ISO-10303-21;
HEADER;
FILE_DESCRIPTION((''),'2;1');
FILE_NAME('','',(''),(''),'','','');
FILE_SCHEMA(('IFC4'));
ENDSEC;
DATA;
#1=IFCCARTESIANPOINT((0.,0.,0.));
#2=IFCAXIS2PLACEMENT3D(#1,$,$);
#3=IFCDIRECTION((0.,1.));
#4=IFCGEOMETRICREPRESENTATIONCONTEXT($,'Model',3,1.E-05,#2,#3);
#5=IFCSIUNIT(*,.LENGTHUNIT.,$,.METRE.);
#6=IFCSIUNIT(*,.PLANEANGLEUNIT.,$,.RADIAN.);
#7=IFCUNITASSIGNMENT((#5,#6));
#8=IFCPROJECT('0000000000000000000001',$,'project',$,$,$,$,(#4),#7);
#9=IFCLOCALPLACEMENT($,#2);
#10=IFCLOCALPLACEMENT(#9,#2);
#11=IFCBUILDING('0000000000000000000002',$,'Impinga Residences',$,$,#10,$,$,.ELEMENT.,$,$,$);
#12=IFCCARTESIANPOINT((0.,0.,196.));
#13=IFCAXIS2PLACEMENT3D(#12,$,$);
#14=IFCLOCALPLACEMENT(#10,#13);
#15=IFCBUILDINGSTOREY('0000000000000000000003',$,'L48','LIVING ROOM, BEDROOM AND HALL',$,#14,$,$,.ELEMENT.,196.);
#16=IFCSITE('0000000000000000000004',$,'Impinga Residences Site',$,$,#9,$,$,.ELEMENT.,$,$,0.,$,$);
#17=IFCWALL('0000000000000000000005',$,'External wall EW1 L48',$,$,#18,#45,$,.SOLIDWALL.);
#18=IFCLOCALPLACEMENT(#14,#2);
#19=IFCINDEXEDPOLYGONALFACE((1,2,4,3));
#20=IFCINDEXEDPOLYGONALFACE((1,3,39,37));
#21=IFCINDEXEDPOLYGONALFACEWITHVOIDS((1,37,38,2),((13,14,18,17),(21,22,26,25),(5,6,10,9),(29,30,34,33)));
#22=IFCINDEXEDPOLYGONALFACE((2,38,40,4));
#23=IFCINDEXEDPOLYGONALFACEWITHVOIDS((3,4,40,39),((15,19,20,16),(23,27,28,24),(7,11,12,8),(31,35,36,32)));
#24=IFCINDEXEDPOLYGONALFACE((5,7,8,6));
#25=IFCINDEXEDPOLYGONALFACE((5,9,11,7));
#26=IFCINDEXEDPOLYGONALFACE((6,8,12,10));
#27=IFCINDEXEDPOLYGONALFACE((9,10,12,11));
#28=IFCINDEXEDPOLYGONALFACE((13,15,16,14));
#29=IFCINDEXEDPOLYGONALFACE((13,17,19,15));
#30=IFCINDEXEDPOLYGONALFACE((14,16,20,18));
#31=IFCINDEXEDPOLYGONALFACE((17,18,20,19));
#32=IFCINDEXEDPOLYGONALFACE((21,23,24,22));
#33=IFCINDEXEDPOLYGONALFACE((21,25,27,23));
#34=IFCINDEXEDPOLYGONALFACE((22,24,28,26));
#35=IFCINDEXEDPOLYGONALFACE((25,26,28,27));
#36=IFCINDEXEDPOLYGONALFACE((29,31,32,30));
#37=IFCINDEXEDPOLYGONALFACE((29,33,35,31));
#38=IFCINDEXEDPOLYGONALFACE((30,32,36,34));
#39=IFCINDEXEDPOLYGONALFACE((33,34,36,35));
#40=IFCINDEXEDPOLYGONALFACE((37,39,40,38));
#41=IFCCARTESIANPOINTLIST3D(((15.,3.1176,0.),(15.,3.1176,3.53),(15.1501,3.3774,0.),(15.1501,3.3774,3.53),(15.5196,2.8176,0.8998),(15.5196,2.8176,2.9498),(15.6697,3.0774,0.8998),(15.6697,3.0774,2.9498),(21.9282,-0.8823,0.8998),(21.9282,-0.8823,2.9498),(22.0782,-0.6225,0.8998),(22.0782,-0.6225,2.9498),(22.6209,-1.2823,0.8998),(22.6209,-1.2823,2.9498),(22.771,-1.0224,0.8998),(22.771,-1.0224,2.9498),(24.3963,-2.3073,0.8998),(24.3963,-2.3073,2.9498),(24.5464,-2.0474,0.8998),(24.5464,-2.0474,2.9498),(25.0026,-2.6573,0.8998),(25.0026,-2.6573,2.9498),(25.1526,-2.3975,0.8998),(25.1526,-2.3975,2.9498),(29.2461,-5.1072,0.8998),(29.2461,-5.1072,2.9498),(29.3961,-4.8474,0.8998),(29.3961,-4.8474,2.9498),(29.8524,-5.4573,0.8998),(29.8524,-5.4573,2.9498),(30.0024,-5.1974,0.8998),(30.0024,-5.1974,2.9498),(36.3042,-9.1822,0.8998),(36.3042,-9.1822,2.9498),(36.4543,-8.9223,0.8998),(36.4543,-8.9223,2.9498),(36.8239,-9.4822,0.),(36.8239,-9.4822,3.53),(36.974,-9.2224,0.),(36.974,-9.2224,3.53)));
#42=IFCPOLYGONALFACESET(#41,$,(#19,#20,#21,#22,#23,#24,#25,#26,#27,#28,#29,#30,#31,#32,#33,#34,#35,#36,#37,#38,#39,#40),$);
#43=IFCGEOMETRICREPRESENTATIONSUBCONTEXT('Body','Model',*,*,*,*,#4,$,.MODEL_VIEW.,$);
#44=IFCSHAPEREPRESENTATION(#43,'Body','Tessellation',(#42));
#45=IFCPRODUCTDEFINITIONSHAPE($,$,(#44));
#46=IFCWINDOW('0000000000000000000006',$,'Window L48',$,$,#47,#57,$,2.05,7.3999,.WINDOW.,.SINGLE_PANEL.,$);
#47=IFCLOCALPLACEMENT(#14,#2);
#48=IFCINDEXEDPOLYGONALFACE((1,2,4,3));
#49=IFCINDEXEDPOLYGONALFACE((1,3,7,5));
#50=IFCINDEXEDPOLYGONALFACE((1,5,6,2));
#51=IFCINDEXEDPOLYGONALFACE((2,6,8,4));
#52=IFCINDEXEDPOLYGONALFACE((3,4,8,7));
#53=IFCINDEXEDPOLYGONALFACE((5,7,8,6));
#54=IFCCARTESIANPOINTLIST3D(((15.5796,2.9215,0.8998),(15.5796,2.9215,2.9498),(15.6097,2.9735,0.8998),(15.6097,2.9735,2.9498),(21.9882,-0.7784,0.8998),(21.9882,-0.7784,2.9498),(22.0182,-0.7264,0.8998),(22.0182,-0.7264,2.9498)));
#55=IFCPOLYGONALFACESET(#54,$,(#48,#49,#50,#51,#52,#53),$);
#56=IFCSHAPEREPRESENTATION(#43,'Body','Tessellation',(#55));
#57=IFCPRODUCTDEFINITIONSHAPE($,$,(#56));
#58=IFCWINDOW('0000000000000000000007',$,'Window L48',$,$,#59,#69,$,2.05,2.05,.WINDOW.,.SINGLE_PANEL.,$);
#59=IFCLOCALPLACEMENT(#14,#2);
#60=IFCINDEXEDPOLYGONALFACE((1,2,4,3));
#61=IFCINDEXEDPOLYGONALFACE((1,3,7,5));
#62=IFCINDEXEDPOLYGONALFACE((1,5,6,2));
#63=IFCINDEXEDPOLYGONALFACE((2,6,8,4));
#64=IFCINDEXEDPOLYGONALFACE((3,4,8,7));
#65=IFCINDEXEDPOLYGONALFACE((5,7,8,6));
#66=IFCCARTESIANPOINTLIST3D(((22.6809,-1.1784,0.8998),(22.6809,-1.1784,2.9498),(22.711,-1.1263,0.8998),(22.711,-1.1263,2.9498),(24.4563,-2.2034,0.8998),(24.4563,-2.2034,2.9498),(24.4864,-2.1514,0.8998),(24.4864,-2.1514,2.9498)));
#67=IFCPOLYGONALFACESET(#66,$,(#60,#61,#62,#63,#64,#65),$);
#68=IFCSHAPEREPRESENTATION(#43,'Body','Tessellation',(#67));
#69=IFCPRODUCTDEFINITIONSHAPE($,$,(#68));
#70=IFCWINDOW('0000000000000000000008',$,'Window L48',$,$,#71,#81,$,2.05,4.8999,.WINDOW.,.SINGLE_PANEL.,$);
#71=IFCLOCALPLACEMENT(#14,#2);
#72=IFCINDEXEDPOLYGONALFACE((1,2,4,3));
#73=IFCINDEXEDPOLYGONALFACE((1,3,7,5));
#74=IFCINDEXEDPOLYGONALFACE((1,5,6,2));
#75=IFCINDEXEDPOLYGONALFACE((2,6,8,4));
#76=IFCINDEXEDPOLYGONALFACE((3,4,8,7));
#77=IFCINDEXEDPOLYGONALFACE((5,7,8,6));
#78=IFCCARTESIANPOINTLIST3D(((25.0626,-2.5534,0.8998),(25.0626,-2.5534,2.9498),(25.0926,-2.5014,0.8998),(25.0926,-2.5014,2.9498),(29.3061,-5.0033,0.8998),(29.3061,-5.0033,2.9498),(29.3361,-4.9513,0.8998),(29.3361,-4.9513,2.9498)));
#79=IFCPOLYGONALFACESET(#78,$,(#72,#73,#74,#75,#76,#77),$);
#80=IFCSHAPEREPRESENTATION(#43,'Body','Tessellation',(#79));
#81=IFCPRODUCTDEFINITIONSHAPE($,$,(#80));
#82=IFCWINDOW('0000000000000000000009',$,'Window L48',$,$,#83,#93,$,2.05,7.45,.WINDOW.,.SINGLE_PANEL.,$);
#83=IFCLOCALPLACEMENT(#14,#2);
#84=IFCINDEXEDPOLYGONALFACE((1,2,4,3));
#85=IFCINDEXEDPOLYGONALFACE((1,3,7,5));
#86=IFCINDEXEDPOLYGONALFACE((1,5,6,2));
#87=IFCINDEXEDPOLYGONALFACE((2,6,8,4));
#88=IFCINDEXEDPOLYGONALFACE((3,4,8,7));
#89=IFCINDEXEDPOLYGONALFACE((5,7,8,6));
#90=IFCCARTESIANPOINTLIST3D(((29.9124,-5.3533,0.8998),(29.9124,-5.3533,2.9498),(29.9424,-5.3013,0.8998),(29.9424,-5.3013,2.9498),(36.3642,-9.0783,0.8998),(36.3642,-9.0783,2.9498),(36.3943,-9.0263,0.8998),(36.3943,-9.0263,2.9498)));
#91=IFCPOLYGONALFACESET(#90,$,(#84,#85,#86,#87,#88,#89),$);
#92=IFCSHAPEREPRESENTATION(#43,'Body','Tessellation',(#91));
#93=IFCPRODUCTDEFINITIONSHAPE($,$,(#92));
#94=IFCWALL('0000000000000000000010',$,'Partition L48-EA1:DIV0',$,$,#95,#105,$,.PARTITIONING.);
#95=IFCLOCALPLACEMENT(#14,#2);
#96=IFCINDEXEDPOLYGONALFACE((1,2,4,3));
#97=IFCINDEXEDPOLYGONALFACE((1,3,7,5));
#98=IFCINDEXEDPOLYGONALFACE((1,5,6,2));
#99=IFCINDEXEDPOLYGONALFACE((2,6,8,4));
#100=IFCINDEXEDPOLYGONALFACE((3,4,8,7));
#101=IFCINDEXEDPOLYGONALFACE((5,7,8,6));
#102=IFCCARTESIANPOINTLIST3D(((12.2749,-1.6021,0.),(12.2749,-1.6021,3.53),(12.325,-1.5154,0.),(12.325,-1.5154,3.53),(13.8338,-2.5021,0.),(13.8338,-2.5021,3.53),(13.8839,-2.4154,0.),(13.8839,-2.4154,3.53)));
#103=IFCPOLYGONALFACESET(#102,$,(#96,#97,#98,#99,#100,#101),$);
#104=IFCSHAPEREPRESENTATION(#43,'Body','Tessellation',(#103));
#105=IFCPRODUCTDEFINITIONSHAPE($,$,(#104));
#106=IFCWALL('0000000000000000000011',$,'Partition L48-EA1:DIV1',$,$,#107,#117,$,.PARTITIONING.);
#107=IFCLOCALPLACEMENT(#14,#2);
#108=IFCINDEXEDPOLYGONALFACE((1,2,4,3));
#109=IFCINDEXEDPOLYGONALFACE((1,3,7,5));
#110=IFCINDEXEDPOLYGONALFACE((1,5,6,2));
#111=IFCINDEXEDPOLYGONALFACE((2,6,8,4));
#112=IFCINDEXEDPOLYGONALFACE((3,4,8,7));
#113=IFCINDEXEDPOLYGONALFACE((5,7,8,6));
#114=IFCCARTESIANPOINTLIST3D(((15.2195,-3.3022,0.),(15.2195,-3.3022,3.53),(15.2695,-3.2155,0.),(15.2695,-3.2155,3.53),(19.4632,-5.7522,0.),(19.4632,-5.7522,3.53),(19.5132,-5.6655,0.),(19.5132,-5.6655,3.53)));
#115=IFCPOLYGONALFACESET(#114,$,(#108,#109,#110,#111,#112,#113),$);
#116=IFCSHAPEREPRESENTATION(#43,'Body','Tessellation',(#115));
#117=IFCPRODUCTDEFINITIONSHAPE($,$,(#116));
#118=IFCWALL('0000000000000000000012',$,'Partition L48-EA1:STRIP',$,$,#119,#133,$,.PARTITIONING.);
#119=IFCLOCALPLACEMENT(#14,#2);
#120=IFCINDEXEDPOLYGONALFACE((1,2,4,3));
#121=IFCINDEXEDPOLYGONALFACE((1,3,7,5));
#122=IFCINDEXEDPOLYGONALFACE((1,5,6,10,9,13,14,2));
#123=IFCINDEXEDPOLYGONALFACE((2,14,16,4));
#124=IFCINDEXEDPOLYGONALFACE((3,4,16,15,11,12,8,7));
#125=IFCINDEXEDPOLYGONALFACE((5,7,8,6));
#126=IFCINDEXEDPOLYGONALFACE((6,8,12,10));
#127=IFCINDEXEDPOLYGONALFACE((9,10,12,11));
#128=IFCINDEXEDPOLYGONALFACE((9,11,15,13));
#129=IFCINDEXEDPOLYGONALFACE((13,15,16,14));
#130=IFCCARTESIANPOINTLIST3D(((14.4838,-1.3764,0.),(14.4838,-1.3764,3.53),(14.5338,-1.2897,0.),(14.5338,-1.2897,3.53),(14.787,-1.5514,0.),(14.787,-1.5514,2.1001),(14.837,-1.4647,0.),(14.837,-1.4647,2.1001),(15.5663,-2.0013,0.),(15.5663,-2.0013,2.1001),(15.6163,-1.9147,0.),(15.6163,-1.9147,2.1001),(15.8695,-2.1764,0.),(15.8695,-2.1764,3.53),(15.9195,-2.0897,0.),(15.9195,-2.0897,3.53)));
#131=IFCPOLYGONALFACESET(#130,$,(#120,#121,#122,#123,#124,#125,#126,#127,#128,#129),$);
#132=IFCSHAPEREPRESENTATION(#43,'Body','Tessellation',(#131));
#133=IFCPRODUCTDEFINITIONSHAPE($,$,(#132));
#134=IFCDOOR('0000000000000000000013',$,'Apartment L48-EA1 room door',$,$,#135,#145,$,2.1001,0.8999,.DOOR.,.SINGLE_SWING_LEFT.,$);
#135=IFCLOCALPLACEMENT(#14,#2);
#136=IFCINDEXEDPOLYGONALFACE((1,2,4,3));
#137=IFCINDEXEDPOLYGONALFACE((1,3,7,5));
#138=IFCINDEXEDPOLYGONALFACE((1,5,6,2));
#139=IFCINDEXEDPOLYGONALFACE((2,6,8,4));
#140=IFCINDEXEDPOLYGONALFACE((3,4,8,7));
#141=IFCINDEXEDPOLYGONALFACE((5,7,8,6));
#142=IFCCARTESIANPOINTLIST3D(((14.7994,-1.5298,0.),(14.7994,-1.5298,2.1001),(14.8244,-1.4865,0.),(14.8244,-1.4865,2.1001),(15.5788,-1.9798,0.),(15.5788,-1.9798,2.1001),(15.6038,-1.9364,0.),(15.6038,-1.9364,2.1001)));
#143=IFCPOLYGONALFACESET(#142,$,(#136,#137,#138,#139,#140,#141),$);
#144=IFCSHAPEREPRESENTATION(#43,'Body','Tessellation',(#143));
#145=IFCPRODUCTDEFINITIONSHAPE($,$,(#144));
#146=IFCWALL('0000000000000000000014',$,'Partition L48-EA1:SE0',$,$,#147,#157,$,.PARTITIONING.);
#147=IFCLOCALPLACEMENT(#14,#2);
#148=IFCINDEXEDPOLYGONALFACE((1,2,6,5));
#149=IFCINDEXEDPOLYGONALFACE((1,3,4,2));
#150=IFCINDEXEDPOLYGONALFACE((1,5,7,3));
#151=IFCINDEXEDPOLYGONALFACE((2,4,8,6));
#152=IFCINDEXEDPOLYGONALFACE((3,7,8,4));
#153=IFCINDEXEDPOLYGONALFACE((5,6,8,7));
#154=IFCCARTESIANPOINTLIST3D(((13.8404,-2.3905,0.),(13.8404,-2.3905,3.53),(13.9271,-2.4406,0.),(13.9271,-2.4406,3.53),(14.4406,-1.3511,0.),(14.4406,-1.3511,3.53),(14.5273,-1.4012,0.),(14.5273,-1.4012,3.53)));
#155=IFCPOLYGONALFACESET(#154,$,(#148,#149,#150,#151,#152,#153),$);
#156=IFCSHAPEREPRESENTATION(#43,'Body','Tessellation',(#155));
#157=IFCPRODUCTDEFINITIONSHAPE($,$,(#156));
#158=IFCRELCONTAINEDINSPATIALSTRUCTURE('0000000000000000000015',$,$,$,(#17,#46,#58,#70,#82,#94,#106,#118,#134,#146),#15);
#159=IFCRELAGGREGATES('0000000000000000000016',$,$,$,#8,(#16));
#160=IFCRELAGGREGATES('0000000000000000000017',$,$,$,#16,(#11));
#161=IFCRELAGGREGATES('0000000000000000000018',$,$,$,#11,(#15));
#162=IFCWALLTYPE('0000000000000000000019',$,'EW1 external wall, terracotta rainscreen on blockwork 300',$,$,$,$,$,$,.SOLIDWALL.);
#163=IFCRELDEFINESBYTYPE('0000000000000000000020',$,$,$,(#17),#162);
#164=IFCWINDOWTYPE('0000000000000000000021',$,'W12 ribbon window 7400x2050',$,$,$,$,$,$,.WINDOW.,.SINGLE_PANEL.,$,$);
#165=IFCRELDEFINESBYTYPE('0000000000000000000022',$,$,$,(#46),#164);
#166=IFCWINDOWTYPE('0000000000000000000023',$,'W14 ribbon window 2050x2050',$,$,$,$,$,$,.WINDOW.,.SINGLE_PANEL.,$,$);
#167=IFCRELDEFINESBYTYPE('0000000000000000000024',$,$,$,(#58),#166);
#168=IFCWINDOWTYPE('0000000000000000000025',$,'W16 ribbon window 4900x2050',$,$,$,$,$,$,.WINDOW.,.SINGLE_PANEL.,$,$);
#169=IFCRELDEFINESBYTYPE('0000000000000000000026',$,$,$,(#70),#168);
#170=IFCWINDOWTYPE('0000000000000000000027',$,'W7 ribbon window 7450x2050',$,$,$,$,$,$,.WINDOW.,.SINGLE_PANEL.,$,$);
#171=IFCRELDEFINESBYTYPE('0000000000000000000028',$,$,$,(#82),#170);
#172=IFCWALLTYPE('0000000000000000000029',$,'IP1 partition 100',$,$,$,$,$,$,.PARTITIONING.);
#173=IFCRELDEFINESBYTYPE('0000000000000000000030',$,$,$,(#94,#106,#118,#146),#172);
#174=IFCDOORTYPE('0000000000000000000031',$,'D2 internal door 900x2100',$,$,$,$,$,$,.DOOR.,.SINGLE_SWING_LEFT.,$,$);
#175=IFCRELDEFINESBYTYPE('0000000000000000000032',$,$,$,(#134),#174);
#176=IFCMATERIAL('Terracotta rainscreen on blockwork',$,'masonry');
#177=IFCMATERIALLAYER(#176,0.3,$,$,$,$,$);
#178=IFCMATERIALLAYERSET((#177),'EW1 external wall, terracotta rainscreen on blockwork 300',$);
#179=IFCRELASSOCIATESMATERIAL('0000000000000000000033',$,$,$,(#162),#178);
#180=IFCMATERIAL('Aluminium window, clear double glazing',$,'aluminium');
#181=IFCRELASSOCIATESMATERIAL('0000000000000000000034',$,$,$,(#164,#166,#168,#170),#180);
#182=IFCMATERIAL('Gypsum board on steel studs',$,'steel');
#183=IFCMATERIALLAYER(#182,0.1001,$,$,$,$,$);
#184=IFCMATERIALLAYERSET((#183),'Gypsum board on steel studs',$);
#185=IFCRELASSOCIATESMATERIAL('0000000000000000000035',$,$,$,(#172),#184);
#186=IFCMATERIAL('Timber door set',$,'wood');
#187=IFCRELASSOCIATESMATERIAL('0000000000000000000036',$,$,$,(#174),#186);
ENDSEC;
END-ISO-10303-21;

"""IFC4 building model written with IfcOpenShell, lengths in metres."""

from ifc_helpers import new_model, si_unit, direction, frame, frame_2d, origin, place, context, subcontext, project, spatial, rectangle, extrude, material, layer, layer_set, type_object, element, fill, save


model = new_model("IFC4")

# Units and contexts
model_context = context("Model", 3, precision=1e-05, world=origin(), true_north=direction((0.0, 1.0)))
body_context = subcontext(model_context, "Body", "Model", "MODEL_VIEW")
ifc_project = project(units=[si_unit("LENGTHUNIT", "METRE"), si_unit("PLANEANGLEUNIT", "RADIAN")], contexts=[model_context])

# Site, building, storey
site_placement = place(None, origin())
site = spatial("IfcSite", under=ifc_project, at=site_placement, Name="Impinga Residences Site", CompositionType="ELEMENT", RefElevation=0.0)
building_placement = place(site_placement, origin())
building = spatial("IfcBuilding", under=site, at=building_placement, Name="Impinga Residences", CompositionType="ELEMENT")
storey_placement = place(building_placement, frame((0.0, 0.0, 196.0)))
storey = spatial("IfcBuildingStorey", under=building, at=storey_placement, Name="L48", Description="LIVING ROOM, BEDROOM AND HALL", CompositionType="ELEMENT", Elevation=196.0)

# Shared definitions
ifc_material_1 = material(Name="Timber door set", Category="wood")

# Shared definitions
ifc_material_2 = material(Name="Terracotta rainscreen on blockwork", Category="masonry")
ifc_layer_1 = layer(ifc_material_2, 0.3)
ifc_layer_set_1 = layer_set([ifc_layer_1], Name="EW1 external wall, terracotta rainscreen on blockwork 300")
wall_type_1 = type_object("IfcWallType", Name="EW1 external wall, terracotta rainscreen on blockwork 300", PredefinedType="SOLIDWALL", material=ifc_layer_set_1)

# Wall, openings, windows
wall_1_placement = place(storey_placement, frame((15.075, 3.2476, 0.0), z_axis=(0.0, 0.0, 1.0), x_axis=(0.866029, -0.499993, 0.0)))
wall_1 = element("IfcWall", 1, at=wall_1_placement, inside=storey, type_object=wall_type_1, Name="External wall EW1 L48", PredefinedType="SOLIDWALL", context=body_context, shape_type="SweptSolid", body=[
    extrude(rectangle(XDim=25.2, YDim=0.3, at=frame_2d((12.6001, 0.0))), origin(), (0.0, 0.0, 1.0), 3.53),
])
opening_1_placement = place(wall_1_placement, frame((0.6001, 0.0, 0.8999)))
opening_1 = element("IfcOpeningElement", 2, at=opening_1_placement, cuts=wall_1, PredefinedType="OPENING", context=body_context, shape_type="SweptSolid", body=[
    extrude(rectangle(XDim=7.3999, YDim=2.05, at=frame_2d((3.7, 1.0249))), frame((0.0, 0.1599, 0.0), z_axis=(0.0, -1.0, 0.0), x_axis=(1.0, 0.0, 0.0)), (0.0, 0.0, 1.0), 0.3201),
])
opening_2_placement = place(wall_1_placement, frame((8.8, 0.0, 0.8999)))
opening_2 = element("IfcOpeningElement", 3, at=opening_2_placement, cuts=wall_1, PredefinedType="OPENING", context=body_context, shape_type="SweptSolid", body=[
    extrude(rectangle(XDim=2.05, YDim=2.05, at=frame_2d((1.0249, 1.0249))), frame((0.0, 0.1599, 0.0), z_axis=(0.0, -1.0, 0.0), x_axis=(1.0, 0.0, 0.0)), (0.0, 0.0, 1.0), 0.3201),
])
opening_3_placement = place(wall_1_placement, frame((11.55, 0.0, 0.8999)))
opening_3 = element("IfcOpeningElement", 4, at=opening_3_placement, cuts=wall_1, PredefinedType="OPENING", context=body_context, shape_type="SweptSolid", body=[
    extrude(rectangle(XDim=4.8999, YDim=2.05, at=frame_2d((2.45, 1.0249))), frame((0.0, 0.1599, 0.0), z_axis=(0.0, -1.0, 0.0), x_axis=(1.0, 0.0, 0.0)), (0.0, 0.0, 1.0), 0.3201),
])
opening_4_placement = place(wall_1_placement, frame((17.1499, 0.0, 0.8999)))
opening_4 = element("IfcOpeningElement", 5, at=opening_4_placement, cuts=wall_1, PredefinedType="OPENING", context=body_context, shape_type="SweptSolid", body=[
    extrude(rectangle(XDim=7.45, YDim=2.05, at=frame_2d((3.7251, 1.0249))), frame((0.0, 0.1599, 0.0), z_axis=(0.0, -1.0, 0.0), x_axis=(1.0, 0.0, 0.0)), (0.0, 0.0, 1.0), 0.3201),
])
ifc_material_3 = material(Name="Aluminium window, clear double glazing", Category="aluminium")
window_type_1 = type_object("IfcWindowType", Name="W12 ribbon window 7400x2050", PartitioningType="SINGLE_PANEL", PredefinedType="WINDOW", material=ifc_material_3)
window_1_placement = place(opening_1_placement, origin())
window_1 = element("IfcWindow", 6, at=window_1_placement, inside=storey, type_object=window_type_1, Name="Window L48", OverallHeight=2.05, OverallWidth=7.3999, PartitioningType="SINGLE_PANEL", PredefinedType="WINDOW", context=body_context, shape_type="SweptSolid", body=[
    extrude(rectangle(XDim=7.3999, YDim=2.05, at=frame_2d((3.7, 1.0249))), frame((0.0, 0.03, 0.0), z_axis=(0.0, -1.0, 0.0), x_axis=(1.0, 0.0, 0.0)), (0.0, 0.0, 1.0), 0.0601),
])
fill(opening_1, window_1)
window_type_2 = type_object("IfcWindowType", Name="W14 ribbon window 2050x2050", PartitioningType="SINGLE_PANEL", PredefinedType="WINDOW", material=ifc_material_3)
window_2_placement = place(opening_2_placement, origin())
window_2 = element("IfcWindow", 7, at=window_2_placement, inside=storey, type_object=window_type_2, Name="Window L48", OverallHeight=2.05, OverallWidth=2.05, PartitioningType="SINGLE_PANEL", PredefinedType="WINDOW", context=body_context, shape_type="SweptSolid", body=[
    extrude(rectangle(XDim=2.05, YDim=2.05, at=frame_2d((1.0249, 1.0249))), frame((0.0, 0.03, 0.0), z_axis=(0.0, -1.0, 0.0), x_axis=(1.0, 0.0, 0.0)), (0.0, 0.0, 1.0), 0.0601),
])
fill(opening_2, window_2)
window_type_3 = type_object("IfcWindowType", Name="W16 ribbon window 4900x2050", PartitioningType="SINGLE_PANEL", PredefinedType="WINDOW", material=ifc_material_3)
window_3_placement = place(opening_3_placement, origin())
window_3 = element("IfcWindow", 8, at=window_3_placement, inside=storey, type_object=window_type_3, Name="Window L48", OverallHeight=2.05, OverallWidth=4.8999, PartitioningType="SINGLE_PANEL", PredefinedType="WINDOW", context=body_context, shape_type="SweptSolid", body=[
    extrude(rectangle(XDim=4.8999, YDim=2.05, at=frame_2d((2.45, 1.0249))), frame((0.0, 0.03, 0.0), z_axis=(0.0, -1.0, 0.0), x_axis=(1.0, 0.0, 0.0)), (0.0, 0.0, 1.0), 0.0601),
])
fill(opening_3, window_3)
window_type_4 = type_object("IfcWindowType", Name="W7 ribbon window 7450x2050", PartitioningType="SINGLE_PANEL", PredefinedType="WINDOW", material=ifc_material_3)
window_4_placement = place(opening_4_placement, origin())
window_4 = element("IfcWindow", 9, at=window_4_placement, inside=storey, type_object=window_type_4, Name="Window L48", OverallHeight=2.05, OverallWidth=7.45, PartitioningType="SINGLE_PANEL", PredefinedType="WINDOW", context=body_context, shape_type="SweptSolid", body=[
    extrude(rectangle(XDim=7.45, YDim=2.05, at=frame_2d((3.7251, 1.0249))), frame((0.0, 0.03, 0.0), z_axis=(0.0, -1.0, 0.0), x_axis=(1.0, 0.0, 0.0)), (0.0, 0.0, 1.0), 0.0601),
])
fill(opening_4, window_4)

# Walls
ifc_material_4 = material(Name="Gypsum board on steel studs", Category="steel")
ifc_layer_2 = layer(ifc_material_4, 0.1001)
ifc_layer_set_2 = layer_set([ifc_layer_2], Name="Gypsum board on steel studs")
wall_type_2 = type_object("IfcWallType", Name="IP1 partition 100", PredefinedType="PARTITIONING", material=ifc_layer_set_2)
wall_2_placement = place(storey_placement, frame((12.3, -1.5588, 0.0), z_axis=(0.0, 0.0, 1.0), x_axis=(0.866048, -0.499961, 0.0)))
element("IfcWall", 10, at=wall_2_placement, inside=storey, type_object=wall_type_2, Name="Partition L48-EA1:DIV0", PredefinedType="PARTITIONING", context=body_context, shape_type="SweptSolid", body=[
    extrude(rectangle(XDim=1.8, YDim=0.1001, at=frame_2d((0.8999, 0.0))), origin(), (0.0, 0.0, 1.0), 3.53),
])
wall_3_placement = place(storey_placement, frame((15.2444, -3.2588, 0.0), z_axis=(0.0, 0.0, 1.0), x_axis=(0.866036, -0.499981, 0.0)))
element("IfcWall", 11, at=wall_3_placement, inside=storey, type_object=wall_type_2, Name="Partition L48-EA1:DIV1", PredefinedType="PARTITIONING", context=body_context, shape_type="SweptSolid", body=[
    extrude(rectangle(XDim=4.9001, YDim=0.1001, at=frame_2d((2.4502, 0.0))), origin(), (0.0, 0.0, 1.0), 3.53),
])

# Wall, opening, door
wall_4_placement = place(storey_placement, frame((14.5088, -1.333, 0.0), z_axis=(0.0, 0.0, 1.0), x_axis=(0.866028, -0.499995, 0.0)))
wall_4 = element("IfcWall", 12, at=wall_4_placement, inside=storey, type_object=wall_type_2, Name="Partition L48-EA1:STRIP", PredefinedType="PARTITIONING", context=body_context, shape_type="SweptSolid", body=[
    extrude(rectangle(XDim=1.6001, YDim=0.1001, at=frame_2d((0.8, 0.0))), origin(), (0.0, 0.0, 1.0), 3.53),
])
opening_5_placement = place(wall_4_placement, frame((0.3501, 0.0, 0.0)))
opening_5 = element("IfcOpeningElement", 13, at=opening_5_placement, cuts=wall_4, PredefinedType="OPENING", context=body_context, shape_type="SweptSolid", body=[
    extrude(rectangle(XDim=0.8999, YDim=2.1001, at=frame_2d((0.45, 1.05))), frame((0.0, 0.0601, 0.0), z_axis=(0.0, -1.0, 0.0), x_axis=(1.0, 0.0, 0.0)), (0.0, 0.0, 1.0), 0.1201),
])
door_type_1 = type_object("IfcDoorType", Name="D2 internal door 900x2100", OperationType="SINGLE_SWING_LEFT", PredefinedType="DOOR", material=ifc_material_1)
door_1_placement = place(opening_5_placement, origin())
door_1 = element("IfcDoor", 14, at=door_1_placement, inside=storey, type_object=door_type_1, Name="Apartment L48-EA1 room door", OperationType="SINGLE_SWING_LEFT", OverallHeight=2.1001, OverallWidth=0.8999, PredefinedType="DOOR", context=body_context, shape_type="SweptSolid", body=[
    extrude(rectangle(XDim=0.8999, YDim=2.1001, at=frame_2d((0.45, 1.05))), frame((0.0, 0.0249, 0.0), z_axis=(0.0, -1.0, 0.0), x_axis=(1.0, 0.0, 0.0)), (0.0, 0.0, 1.0), 0.05),
])
fill(opening_5, door_1)

# Wall
wall_5_placement = place(storey_placement, frame((13.8838, -2.4155, 0.0), z_axis=(0.0, 0.0, 1.0), x_axis=(0.500034, 0.866006, 0.0)))
element("IfcWall", 15, at=wall_5_placement, inside=storey, type_object=wall_type_2, Name="Partition L48-EA1:SE0", PredefinedType="PARTITIONING", context=body_context, shape_type="SweptSolid", body=[
    extrude(rectangle(XDim=1.2002, YDim=0.1001, at=frame_2d((0.6001, 0.0))), origin(), (0.0, 0.0, 1.0), 3.53),
])

save(model, "model.ifc")
